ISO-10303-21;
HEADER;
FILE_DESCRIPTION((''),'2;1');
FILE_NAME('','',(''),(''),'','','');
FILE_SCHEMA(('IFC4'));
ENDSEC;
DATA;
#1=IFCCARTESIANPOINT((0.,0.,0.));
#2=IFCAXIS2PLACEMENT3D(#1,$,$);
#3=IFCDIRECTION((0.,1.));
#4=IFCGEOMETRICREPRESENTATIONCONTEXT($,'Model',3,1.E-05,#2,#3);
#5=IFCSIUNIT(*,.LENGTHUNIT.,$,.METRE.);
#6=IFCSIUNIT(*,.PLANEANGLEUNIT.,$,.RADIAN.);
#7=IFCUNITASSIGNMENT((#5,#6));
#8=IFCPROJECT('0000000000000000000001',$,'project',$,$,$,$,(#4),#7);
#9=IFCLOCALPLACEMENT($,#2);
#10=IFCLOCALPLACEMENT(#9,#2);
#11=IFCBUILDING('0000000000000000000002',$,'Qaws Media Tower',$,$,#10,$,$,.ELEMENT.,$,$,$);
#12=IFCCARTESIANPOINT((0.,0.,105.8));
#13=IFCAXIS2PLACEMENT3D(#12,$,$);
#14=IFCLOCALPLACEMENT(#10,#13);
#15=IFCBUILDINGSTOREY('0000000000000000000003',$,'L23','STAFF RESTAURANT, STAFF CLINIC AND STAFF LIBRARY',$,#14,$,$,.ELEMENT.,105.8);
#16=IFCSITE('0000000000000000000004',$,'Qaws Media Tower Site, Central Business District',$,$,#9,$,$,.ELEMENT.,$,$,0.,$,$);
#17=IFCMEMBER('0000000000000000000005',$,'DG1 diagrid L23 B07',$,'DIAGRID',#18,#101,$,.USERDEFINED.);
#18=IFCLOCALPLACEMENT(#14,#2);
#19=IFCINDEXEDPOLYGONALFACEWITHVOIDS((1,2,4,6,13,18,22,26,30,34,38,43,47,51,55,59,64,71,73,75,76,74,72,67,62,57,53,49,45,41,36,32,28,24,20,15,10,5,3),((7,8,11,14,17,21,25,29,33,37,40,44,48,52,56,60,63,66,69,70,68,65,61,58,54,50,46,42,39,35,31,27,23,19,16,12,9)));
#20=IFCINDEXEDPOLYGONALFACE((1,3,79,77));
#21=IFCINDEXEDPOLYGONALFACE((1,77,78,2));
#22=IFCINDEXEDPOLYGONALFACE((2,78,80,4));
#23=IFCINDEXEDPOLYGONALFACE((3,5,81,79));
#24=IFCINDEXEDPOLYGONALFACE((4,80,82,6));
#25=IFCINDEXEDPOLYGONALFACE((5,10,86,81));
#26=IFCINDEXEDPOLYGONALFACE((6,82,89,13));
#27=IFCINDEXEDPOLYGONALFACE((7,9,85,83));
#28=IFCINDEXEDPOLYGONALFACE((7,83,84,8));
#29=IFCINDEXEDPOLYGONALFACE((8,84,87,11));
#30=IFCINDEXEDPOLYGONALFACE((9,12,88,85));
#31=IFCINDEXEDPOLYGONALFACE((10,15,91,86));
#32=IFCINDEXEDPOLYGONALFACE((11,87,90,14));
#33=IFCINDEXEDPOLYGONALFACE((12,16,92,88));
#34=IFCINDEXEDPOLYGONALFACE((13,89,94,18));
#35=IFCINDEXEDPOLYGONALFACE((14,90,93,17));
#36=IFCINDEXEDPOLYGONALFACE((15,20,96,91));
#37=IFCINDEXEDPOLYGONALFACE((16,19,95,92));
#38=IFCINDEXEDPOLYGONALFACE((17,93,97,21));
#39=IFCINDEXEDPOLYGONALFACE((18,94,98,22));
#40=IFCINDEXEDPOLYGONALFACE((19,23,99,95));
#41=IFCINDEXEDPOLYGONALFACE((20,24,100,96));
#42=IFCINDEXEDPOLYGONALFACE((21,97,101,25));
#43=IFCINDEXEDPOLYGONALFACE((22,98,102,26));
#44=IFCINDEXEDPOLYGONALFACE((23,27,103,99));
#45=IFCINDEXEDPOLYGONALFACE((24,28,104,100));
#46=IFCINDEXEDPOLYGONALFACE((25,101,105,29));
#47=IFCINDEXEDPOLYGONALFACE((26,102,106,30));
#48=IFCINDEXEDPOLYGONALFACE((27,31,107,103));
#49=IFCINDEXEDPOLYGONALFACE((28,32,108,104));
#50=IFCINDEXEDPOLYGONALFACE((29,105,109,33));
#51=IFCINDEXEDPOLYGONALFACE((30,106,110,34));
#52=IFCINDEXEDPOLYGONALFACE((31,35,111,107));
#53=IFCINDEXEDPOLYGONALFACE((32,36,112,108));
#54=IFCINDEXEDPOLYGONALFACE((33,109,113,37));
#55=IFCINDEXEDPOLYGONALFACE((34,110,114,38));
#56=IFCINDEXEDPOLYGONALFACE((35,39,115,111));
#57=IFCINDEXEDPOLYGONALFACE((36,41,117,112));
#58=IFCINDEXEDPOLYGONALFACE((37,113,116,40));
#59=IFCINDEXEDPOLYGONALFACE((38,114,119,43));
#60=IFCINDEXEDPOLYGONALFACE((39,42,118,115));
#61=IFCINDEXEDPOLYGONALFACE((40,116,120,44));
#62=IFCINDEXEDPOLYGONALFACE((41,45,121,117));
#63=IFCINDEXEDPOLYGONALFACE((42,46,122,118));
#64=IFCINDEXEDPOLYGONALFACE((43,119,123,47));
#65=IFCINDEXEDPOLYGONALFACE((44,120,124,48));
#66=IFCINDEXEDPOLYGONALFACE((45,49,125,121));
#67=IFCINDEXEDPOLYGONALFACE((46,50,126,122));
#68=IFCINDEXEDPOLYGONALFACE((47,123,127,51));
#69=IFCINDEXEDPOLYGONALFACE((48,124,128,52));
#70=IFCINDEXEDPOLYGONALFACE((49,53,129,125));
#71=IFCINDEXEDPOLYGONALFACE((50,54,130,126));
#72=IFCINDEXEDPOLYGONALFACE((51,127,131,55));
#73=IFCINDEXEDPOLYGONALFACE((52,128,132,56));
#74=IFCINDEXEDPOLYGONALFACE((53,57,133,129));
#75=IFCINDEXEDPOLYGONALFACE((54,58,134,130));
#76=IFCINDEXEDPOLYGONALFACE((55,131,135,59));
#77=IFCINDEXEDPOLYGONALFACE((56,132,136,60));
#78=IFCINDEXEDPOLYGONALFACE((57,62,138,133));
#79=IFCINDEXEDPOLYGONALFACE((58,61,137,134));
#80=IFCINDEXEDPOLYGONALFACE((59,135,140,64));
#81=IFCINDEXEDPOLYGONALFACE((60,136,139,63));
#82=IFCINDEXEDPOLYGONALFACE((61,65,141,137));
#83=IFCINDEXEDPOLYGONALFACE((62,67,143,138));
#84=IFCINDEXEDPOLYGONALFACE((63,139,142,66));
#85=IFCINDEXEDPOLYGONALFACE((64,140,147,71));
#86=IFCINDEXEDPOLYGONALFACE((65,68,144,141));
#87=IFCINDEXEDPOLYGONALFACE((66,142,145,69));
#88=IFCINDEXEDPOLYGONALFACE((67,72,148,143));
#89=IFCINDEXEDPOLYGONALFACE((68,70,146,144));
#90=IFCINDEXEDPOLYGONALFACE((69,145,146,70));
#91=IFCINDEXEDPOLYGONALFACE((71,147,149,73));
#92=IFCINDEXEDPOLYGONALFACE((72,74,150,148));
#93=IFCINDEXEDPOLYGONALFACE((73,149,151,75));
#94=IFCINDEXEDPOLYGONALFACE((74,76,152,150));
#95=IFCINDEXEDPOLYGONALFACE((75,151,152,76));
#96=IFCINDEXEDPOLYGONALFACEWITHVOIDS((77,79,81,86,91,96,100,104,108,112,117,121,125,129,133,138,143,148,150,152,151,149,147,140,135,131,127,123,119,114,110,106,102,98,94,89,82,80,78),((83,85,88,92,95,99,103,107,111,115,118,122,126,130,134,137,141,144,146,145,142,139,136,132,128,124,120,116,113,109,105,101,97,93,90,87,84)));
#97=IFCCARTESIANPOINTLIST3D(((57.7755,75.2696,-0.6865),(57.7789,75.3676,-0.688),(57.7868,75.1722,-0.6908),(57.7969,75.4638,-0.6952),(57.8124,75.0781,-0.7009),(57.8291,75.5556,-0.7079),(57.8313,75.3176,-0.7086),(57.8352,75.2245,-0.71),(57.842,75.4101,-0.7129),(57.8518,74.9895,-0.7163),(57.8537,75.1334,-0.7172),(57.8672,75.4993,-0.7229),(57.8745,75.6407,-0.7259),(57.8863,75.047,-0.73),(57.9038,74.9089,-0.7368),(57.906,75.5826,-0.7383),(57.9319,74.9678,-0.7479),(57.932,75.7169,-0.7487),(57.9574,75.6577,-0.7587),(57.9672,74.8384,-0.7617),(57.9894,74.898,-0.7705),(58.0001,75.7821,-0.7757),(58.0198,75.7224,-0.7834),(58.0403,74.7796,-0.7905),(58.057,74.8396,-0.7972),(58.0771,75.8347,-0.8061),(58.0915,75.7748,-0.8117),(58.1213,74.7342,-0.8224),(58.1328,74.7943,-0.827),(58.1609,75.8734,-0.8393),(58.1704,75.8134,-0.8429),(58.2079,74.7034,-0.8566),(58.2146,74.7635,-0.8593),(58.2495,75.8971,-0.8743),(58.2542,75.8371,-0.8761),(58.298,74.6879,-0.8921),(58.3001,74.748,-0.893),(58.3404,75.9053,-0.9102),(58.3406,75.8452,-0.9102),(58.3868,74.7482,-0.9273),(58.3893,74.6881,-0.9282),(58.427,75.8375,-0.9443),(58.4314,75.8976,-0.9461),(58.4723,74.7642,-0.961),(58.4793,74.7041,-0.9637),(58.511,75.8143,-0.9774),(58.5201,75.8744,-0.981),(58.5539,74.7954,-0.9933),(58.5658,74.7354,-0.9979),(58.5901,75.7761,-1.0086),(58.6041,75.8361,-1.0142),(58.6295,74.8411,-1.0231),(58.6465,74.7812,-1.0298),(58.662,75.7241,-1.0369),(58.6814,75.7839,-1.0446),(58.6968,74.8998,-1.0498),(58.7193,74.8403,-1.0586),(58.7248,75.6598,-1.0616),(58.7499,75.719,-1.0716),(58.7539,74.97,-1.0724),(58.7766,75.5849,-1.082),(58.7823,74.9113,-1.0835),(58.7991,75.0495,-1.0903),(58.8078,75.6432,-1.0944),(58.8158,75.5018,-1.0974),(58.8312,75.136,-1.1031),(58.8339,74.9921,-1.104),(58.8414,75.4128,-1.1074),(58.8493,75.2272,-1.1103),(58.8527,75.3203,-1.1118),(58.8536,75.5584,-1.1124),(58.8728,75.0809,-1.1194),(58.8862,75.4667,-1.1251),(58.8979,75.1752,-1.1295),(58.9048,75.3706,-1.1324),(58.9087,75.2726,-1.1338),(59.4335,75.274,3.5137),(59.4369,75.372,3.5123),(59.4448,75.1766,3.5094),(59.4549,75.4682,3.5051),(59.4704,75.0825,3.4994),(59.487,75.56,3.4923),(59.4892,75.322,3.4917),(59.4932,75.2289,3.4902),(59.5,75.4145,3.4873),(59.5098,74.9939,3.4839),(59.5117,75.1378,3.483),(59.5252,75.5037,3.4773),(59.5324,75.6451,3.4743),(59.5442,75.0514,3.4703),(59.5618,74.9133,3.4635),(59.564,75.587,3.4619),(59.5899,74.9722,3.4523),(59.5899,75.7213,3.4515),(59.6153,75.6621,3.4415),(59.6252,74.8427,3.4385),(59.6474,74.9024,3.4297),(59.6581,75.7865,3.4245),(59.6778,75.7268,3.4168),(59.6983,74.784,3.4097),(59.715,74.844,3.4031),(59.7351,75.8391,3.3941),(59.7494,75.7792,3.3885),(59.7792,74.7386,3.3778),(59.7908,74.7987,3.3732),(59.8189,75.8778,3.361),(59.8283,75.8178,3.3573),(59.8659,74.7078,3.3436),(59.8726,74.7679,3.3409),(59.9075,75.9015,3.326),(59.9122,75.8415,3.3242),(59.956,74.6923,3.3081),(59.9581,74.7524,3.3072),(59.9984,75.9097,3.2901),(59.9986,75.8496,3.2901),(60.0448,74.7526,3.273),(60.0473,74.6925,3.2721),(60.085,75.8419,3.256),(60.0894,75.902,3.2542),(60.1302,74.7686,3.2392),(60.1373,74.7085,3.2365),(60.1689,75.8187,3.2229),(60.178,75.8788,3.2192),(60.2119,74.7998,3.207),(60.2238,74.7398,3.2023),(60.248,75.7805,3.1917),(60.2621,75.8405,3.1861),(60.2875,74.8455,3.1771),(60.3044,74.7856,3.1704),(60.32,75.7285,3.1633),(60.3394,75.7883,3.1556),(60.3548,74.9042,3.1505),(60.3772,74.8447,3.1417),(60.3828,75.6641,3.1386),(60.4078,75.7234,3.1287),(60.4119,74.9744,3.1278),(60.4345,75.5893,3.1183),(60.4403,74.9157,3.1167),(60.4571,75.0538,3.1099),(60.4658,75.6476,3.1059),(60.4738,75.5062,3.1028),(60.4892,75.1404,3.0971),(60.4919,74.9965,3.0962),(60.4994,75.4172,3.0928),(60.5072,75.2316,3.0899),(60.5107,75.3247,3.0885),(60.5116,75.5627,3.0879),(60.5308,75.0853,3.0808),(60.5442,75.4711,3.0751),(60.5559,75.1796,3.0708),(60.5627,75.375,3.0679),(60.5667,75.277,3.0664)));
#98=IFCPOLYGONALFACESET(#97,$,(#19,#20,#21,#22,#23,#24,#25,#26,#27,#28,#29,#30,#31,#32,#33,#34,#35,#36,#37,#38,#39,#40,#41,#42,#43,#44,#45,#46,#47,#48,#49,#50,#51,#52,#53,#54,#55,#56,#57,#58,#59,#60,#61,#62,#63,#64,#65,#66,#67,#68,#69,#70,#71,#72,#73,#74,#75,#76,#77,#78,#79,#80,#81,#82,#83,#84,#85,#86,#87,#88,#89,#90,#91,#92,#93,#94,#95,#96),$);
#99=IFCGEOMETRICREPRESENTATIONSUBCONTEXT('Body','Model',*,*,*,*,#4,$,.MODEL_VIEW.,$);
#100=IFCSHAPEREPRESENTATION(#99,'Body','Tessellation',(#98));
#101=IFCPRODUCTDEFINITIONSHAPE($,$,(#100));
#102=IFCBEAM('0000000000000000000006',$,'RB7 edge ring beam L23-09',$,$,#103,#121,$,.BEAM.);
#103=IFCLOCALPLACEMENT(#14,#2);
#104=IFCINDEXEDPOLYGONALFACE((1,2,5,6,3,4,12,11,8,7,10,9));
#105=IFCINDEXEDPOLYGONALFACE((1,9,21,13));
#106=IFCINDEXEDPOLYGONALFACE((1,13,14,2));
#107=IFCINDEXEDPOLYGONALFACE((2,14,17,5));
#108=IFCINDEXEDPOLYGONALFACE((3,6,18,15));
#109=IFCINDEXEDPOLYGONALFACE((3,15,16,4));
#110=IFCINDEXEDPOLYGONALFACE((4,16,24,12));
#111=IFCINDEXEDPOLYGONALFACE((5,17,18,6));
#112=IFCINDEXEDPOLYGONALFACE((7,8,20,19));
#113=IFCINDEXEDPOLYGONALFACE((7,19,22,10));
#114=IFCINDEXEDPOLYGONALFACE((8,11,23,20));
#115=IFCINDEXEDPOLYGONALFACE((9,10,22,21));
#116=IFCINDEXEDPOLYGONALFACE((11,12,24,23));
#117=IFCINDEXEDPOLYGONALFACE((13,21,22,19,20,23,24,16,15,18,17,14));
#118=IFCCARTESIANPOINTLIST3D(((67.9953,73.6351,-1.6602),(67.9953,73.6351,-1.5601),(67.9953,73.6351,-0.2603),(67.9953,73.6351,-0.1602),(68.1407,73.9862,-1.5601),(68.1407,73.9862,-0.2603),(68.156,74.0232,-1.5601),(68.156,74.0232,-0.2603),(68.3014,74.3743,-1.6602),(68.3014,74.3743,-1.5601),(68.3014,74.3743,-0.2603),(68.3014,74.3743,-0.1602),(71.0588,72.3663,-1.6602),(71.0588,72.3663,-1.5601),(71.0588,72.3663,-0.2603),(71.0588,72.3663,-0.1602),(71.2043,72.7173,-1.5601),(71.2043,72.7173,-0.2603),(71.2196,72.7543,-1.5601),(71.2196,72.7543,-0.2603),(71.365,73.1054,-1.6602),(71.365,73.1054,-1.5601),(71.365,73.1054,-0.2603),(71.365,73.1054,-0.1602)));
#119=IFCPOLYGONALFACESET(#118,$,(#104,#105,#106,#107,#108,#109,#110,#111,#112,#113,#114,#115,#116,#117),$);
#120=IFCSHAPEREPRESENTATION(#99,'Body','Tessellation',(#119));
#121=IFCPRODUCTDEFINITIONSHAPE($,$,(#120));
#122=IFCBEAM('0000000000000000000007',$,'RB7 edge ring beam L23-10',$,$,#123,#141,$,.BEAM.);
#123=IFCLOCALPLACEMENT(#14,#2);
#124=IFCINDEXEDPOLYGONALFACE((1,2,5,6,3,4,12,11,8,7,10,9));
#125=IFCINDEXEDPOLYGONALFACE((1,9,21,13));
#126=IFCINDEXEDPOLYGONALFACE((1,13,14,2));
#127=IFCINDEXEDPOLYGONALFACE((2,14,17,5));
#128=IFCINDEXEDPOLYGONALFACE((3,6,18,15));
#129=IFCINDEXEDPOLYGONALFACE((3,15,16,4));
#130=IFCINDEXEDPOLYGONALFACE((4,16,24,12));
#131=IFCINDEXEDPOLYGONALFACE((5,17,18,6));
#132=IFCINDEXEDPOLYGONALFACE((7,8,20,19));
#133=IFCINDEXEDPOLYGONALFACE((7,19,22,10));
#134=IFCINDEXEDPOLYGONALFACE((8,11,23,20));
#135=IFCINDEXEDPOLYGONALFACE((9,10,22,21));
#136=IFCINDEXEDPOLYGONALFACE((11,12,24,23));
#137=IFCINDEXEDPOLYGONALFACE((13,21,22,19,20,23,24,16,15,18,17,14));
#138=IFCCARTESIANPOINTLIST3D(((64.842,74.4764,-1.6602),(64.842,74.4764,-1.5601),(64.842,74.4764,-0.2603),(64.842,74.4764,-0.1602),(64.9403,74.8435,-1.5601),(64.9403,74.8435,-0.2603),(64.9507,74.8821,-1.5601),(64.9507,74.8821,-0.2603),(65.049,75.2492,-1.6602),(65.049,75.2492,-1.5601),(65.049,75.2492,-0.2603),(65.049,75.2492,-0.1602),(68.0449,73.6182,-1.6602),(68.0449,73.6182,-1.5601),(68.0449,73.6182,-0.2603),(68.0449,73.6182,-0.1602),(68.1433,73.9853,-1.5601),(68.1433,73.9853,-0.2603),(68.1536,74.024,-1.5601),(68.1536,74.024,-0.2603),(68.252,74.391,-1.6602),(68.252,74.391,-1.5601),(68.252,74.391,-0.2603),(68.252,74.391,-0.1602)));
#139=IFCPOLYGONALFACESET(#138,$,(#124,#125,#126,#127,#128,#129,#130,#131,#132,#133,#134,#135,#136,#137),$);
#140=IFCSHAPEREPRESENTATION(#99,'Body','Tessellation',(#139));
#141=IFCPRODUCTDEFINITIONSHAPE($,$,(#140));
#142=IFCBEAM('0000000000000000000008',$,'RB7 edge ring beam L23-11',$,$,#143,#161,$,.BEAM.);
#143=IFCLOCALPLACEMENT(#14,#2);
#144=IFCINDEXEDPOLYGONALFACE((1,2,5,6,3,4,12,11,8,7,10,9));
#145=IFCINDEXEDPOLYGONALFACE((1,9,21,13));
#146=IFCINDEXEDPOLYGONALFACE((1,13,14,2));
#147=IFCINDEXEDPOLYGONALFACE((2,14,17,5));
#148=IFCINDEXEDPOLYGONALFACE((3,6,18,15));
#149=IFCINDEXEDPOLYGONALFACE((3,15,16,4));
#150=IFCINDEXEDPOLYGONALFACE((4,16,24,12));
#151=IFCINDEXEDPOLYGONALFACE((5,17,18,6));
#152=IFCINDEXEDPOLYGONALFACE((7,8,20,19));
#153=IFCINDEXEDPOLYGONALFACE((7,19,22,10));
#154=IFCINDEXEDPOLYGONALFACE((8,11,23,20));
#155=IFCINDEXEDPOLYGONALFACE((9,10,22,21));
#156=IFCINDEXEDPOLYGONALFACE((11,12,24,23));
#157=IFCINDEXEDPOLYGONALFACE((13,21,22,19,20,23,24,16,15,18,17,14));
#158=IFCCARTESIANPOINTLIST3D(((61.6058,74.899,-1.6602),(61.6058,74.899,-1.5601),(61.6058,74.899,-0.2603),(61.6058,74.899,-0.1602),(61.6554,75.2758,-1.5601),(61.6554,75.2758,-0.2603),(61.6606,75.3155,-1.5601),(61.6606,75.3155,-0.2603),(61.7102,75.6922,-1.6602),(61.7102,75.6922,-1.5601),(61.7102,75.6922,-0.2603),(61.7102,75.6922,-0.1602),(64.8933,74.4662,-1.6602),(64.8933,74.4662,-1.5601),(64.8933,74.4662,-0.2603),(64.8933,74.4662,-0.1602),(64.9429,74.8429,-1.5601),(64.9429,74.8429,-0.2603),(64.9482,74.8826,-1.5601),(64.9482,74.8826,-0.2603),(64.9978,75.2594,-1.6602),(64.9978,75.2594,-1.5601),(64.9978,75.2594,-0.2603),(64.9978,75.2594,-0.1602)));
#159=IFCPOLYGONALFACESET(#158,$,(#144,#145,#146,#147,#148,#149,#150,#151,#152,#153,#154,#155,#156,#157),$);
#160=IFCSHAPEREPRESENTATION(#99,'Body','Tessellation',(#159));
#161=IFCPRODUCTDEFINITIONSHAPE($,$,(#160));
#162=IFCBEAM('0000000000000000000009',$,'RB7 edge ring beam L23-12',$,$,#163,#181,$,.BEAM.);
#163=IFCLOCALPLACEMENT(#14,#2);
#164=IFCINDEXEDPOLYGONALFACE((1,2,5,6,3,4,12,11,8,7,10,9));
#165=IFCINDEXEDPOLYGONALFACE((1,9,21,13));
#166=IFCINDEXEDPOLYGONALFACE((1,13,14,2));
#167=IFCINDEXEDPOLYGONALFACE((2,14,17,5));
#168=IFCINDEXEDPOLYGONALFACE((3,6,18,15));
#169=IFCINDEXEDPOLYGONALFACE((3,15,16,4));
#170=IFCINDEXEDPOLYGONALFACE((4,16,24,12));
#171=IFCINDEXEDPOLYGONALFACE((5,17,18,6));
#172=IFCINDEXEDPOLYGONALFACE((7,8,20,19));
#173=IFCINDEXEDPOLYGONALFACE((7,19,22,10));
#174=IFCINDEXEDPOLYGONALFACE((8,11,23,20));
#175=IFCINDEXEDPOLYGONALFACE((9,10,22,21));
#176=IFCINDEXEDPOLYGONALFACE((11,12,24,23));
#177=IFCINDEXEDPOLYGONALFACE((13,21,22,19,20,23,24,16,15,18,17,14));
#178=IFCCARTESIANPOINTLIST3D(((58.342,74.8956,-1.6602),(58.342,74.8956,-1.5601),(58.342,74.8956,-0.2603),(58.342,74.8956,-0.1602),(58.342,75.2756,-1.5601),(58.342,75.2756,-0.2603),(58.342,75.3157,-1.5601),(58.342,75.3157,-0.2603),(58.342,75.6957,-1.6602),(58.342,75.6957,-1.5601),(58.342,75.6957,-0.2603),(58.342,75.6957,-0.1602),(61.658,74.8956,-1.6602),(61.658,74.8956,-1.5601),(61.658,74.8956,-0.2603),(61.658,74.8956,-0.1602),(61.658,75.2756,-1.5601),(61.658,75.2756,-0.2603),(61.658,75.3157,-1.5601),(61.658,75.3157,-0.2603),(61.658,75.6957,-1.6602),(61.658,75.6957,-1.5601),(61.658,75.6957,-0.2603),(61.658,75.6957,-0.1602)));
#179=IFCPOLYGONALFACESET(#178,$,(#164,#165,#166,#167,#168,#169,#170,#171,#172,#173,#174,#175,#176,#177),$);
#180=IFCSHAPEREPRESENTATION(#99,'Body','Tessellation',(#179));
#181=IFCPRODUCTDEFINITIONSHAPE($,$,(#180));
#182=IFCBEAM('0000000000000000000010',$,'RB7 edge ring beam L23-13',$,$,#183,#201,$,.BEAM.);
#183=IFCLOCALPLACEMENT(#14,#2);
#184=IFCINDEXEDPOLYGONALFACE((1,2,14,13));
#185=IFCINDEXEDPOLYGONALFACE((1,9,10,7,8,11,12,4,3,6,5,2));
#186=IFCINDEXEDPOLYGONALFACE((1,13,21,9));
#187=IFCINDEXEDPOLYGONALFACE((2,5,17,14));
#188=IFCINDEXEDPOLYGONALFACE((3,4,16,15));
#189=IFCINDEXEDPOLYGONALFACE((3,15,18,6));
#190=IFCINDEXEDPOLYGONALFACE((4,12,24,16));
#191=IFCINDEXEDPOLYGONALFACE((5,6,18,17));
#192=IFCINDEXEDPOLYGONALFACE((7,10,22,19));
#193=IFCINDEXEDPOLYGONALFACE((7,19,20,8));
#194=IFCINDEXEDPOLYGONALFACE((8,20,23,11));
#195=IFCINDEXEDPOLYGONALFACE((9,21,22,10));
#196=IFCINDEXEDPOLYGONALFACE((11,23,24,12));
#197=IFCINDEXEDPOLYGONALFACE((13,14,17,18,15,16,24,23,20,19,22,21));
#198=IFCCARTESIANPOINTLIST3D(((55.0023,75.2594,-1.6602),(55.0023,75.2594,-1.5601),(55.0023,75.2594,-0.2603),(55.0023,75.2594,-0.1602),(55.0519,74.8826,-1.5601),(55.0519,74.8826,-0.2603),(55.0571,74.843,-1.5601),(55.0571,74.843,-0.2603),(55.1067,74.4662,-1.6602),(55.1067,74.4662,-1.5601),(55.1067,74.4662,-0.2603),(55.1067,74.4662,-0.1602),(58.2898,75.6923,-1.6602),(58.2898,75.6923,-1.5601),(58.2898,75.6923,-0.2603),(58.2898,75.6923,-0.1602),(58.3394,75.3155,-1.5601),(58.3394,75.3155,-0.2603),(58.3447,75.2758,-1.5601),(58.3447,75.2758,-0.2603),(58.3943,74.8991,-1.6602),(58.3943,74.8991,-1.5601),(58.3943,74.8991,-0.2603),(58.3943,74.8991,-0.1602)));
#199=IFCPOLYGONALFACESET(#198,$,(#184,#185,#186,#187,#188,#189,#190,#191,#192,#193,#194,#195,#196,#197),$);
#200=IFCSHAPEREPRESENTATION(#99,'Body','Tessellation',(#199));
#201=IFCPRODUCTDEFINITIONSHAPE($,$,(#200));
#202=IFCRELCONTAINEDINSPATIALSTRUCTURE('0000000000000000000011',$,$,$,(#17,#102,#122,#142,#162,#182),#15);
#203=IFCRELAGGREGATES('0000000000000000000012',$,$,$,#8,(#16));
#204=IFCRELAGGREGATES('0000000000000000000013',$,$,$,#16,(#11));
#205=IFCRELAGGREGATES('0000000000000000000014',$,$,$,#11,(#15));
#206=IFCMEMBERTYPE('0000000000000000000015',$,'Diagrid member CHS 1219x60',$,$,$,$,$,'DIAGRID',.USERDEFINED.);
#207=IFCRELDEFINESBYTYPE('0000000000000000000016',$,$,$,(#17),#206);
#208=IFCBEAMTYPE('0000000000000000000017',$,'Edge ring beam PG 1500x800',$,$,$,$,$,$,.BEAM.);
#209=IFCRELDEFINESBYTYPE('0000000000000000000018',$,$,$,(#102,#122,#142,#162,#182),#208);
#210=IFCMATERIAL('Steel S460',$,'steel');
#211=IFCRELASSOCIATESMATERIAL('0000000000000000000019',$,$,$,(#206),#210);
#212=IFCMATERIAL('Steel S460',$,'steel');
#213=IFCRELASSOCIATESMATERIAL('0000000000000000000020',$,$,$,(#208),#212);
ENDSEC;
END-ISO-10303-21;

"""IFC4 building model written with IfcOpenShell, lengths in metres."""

from ifc_helpers import new_model, si_unit, direction, frame, origin, origin_2d, place, context, subcontext, project, spatial, hollow_circle, i_section, extrude, material, material_profile, profile_set, type_object, element, save


model = new_model("IFC4")

# Units and contexts
model_context = context("Model", 3, precision=1e-05, world=origin(), true_north=direction((0.0, 1.0)))
body_context = subcontext(model_context, "Body", "Model", "MODEL_VIEW")
ifc_project = project(units=[si_unit("LENGTHUNIT", "METRE"), si_unit("PLANEANGLEUNIT", "RADIAN")], contexts=[model_context])

# Site, building, storey
site_placement = place(None, origin())
site = spatial("IfcSite", under=ifc_project, at=site_placement, Name="Qaws Media Tower Site, Central Business District", CompositionType="ELEMENT", RefElevation=0.0)
building_placement = place(site_placement, origin())
building = spatial("IfcBuilding", under=site, at=building_placement, Name="Qaws Media Tower", CompositionType="ELEMENT")
storey_placement = place(building_placement, frame((0.0, 0.0, 105.8)))
storey = spatial("IfcBuildingStorey", under=building, at=storey_placement, Name="L23", Description="STAFF RESTAURANT, STAFF CLINIC AND STAFF LIBRARY", CompositionType="ELEMENT", Elevation=105.8)

# Member
ifc_material_1 = material(Name="Steel S460", Category="steel")
ifc_material_profile_1 = material_profile(ifc_material_1, hollow_circle(Radius=0.6096, WallThickness=0.0601, at=origin_2d()), Name="CHS 1219x60")
ifc_profile_set_1 = profile_set([ifc_material_profile_1], Name="Steel S460")
member_type_1 = type_object("IfcMemberType", Name="Diagrid member CHS 1219x60", ElementType="DIAGRID", PredefinedType="USERDEFINED", material=ifc_profile_set_1)
for number, where, z_axis, x_axis, name in (
    (1, (58.342, 75.2957, -0.9102), (0.367164, 0.000973, 0.930156), (-0.002651, 0.999996, 0.0), "DG1 diagrid L23 B07"),
):
    element("IfcMember", number, at=place(storey_placement, frame(where, z_axis=z_axis, x_axis=x_axis)), inside=storey, type_object=member_type_1, Name=name, ObjectType="DIAGRID", PredefinedType="USERDEFINED", context=body_context, shape_type="SweptSolid", body=[
        extrude(hollow_circle(Radius=0.6096, WallThickness=0.0601, at=origin_2d()), origin(), (0.0, 0.0, 1.0), 4.5156),
    ])

# Beams
ifc_material_2 = material(Name="Steel S460", Category="steel")
ifc_material_profile_2 = material_profile(ifc_material_2, i_section(OverallWidth=0.8, OverallDepth=1.5, WebThickness=0.04, FlangeThickness=0.1001, at=origin_2d()), Name="PG 1500x800")
ifc_profile_set_2 = profile_set([ifc_material_profile_2], Name="Steel S460")
beam_type = type_object("IfcBeamType", Name="Edge ring beam PG 1500x800", PredefinedType="BEAM", material=ifc_profile_set_2)
for number, where, z_axis, x_axis, name in (
    (2, (71.2119, 72.7358, -0.9102), (-0.923894, 0.382649, 0.0), (-0.382649, -0.923894, 0.0), "RB7 edge ring beam L23-09"),
    (3, (68.1484, 74.0046, -0.9102), (-0.96593, 0.258804, 0.0), (-0.258804, -0.96593, 0.0), "RB7 edge ring beam L23-10"),
    (4, (64.9456, 74.8628, -0.9102), (-0.991443, 0.130538, 0.0), (-0.130538, -0.991443, 0.0), "RB7 edge ring beam L23-11"),
    (5, (61.658, 75.2957, -0.9102), (-1.0, 0.0, 0.0), (0.0, -1.0, 0.0), "RB7 edge ring beam L23-12"),
    (6, (58.342, 75.2957, -0.9102), (-0.991443, -0.130538, 0.0), (0.130538, -0.991443, 0.0), "RB7 edge ring beam L23-13"),
):
    element("IfcBeam", number, at=place(storey_placement, frame(where, z_axis=z_axis, x_axis=x_axis)), inside=storey, type_object=beam_type, Name=name, PredefinedType="BEAM", context=body_context, shape_type="SweptSolid", body=[
        extrude(i_section(OverallWidth=0.8, OverallDepth=1.5, WebThickness=0.04, FlangeThickness=0.1001, at=origin_2d()), origin(), (0.0, 0.0, 1.0), 3.3159),
    ])

save(model, "model.ifc")
